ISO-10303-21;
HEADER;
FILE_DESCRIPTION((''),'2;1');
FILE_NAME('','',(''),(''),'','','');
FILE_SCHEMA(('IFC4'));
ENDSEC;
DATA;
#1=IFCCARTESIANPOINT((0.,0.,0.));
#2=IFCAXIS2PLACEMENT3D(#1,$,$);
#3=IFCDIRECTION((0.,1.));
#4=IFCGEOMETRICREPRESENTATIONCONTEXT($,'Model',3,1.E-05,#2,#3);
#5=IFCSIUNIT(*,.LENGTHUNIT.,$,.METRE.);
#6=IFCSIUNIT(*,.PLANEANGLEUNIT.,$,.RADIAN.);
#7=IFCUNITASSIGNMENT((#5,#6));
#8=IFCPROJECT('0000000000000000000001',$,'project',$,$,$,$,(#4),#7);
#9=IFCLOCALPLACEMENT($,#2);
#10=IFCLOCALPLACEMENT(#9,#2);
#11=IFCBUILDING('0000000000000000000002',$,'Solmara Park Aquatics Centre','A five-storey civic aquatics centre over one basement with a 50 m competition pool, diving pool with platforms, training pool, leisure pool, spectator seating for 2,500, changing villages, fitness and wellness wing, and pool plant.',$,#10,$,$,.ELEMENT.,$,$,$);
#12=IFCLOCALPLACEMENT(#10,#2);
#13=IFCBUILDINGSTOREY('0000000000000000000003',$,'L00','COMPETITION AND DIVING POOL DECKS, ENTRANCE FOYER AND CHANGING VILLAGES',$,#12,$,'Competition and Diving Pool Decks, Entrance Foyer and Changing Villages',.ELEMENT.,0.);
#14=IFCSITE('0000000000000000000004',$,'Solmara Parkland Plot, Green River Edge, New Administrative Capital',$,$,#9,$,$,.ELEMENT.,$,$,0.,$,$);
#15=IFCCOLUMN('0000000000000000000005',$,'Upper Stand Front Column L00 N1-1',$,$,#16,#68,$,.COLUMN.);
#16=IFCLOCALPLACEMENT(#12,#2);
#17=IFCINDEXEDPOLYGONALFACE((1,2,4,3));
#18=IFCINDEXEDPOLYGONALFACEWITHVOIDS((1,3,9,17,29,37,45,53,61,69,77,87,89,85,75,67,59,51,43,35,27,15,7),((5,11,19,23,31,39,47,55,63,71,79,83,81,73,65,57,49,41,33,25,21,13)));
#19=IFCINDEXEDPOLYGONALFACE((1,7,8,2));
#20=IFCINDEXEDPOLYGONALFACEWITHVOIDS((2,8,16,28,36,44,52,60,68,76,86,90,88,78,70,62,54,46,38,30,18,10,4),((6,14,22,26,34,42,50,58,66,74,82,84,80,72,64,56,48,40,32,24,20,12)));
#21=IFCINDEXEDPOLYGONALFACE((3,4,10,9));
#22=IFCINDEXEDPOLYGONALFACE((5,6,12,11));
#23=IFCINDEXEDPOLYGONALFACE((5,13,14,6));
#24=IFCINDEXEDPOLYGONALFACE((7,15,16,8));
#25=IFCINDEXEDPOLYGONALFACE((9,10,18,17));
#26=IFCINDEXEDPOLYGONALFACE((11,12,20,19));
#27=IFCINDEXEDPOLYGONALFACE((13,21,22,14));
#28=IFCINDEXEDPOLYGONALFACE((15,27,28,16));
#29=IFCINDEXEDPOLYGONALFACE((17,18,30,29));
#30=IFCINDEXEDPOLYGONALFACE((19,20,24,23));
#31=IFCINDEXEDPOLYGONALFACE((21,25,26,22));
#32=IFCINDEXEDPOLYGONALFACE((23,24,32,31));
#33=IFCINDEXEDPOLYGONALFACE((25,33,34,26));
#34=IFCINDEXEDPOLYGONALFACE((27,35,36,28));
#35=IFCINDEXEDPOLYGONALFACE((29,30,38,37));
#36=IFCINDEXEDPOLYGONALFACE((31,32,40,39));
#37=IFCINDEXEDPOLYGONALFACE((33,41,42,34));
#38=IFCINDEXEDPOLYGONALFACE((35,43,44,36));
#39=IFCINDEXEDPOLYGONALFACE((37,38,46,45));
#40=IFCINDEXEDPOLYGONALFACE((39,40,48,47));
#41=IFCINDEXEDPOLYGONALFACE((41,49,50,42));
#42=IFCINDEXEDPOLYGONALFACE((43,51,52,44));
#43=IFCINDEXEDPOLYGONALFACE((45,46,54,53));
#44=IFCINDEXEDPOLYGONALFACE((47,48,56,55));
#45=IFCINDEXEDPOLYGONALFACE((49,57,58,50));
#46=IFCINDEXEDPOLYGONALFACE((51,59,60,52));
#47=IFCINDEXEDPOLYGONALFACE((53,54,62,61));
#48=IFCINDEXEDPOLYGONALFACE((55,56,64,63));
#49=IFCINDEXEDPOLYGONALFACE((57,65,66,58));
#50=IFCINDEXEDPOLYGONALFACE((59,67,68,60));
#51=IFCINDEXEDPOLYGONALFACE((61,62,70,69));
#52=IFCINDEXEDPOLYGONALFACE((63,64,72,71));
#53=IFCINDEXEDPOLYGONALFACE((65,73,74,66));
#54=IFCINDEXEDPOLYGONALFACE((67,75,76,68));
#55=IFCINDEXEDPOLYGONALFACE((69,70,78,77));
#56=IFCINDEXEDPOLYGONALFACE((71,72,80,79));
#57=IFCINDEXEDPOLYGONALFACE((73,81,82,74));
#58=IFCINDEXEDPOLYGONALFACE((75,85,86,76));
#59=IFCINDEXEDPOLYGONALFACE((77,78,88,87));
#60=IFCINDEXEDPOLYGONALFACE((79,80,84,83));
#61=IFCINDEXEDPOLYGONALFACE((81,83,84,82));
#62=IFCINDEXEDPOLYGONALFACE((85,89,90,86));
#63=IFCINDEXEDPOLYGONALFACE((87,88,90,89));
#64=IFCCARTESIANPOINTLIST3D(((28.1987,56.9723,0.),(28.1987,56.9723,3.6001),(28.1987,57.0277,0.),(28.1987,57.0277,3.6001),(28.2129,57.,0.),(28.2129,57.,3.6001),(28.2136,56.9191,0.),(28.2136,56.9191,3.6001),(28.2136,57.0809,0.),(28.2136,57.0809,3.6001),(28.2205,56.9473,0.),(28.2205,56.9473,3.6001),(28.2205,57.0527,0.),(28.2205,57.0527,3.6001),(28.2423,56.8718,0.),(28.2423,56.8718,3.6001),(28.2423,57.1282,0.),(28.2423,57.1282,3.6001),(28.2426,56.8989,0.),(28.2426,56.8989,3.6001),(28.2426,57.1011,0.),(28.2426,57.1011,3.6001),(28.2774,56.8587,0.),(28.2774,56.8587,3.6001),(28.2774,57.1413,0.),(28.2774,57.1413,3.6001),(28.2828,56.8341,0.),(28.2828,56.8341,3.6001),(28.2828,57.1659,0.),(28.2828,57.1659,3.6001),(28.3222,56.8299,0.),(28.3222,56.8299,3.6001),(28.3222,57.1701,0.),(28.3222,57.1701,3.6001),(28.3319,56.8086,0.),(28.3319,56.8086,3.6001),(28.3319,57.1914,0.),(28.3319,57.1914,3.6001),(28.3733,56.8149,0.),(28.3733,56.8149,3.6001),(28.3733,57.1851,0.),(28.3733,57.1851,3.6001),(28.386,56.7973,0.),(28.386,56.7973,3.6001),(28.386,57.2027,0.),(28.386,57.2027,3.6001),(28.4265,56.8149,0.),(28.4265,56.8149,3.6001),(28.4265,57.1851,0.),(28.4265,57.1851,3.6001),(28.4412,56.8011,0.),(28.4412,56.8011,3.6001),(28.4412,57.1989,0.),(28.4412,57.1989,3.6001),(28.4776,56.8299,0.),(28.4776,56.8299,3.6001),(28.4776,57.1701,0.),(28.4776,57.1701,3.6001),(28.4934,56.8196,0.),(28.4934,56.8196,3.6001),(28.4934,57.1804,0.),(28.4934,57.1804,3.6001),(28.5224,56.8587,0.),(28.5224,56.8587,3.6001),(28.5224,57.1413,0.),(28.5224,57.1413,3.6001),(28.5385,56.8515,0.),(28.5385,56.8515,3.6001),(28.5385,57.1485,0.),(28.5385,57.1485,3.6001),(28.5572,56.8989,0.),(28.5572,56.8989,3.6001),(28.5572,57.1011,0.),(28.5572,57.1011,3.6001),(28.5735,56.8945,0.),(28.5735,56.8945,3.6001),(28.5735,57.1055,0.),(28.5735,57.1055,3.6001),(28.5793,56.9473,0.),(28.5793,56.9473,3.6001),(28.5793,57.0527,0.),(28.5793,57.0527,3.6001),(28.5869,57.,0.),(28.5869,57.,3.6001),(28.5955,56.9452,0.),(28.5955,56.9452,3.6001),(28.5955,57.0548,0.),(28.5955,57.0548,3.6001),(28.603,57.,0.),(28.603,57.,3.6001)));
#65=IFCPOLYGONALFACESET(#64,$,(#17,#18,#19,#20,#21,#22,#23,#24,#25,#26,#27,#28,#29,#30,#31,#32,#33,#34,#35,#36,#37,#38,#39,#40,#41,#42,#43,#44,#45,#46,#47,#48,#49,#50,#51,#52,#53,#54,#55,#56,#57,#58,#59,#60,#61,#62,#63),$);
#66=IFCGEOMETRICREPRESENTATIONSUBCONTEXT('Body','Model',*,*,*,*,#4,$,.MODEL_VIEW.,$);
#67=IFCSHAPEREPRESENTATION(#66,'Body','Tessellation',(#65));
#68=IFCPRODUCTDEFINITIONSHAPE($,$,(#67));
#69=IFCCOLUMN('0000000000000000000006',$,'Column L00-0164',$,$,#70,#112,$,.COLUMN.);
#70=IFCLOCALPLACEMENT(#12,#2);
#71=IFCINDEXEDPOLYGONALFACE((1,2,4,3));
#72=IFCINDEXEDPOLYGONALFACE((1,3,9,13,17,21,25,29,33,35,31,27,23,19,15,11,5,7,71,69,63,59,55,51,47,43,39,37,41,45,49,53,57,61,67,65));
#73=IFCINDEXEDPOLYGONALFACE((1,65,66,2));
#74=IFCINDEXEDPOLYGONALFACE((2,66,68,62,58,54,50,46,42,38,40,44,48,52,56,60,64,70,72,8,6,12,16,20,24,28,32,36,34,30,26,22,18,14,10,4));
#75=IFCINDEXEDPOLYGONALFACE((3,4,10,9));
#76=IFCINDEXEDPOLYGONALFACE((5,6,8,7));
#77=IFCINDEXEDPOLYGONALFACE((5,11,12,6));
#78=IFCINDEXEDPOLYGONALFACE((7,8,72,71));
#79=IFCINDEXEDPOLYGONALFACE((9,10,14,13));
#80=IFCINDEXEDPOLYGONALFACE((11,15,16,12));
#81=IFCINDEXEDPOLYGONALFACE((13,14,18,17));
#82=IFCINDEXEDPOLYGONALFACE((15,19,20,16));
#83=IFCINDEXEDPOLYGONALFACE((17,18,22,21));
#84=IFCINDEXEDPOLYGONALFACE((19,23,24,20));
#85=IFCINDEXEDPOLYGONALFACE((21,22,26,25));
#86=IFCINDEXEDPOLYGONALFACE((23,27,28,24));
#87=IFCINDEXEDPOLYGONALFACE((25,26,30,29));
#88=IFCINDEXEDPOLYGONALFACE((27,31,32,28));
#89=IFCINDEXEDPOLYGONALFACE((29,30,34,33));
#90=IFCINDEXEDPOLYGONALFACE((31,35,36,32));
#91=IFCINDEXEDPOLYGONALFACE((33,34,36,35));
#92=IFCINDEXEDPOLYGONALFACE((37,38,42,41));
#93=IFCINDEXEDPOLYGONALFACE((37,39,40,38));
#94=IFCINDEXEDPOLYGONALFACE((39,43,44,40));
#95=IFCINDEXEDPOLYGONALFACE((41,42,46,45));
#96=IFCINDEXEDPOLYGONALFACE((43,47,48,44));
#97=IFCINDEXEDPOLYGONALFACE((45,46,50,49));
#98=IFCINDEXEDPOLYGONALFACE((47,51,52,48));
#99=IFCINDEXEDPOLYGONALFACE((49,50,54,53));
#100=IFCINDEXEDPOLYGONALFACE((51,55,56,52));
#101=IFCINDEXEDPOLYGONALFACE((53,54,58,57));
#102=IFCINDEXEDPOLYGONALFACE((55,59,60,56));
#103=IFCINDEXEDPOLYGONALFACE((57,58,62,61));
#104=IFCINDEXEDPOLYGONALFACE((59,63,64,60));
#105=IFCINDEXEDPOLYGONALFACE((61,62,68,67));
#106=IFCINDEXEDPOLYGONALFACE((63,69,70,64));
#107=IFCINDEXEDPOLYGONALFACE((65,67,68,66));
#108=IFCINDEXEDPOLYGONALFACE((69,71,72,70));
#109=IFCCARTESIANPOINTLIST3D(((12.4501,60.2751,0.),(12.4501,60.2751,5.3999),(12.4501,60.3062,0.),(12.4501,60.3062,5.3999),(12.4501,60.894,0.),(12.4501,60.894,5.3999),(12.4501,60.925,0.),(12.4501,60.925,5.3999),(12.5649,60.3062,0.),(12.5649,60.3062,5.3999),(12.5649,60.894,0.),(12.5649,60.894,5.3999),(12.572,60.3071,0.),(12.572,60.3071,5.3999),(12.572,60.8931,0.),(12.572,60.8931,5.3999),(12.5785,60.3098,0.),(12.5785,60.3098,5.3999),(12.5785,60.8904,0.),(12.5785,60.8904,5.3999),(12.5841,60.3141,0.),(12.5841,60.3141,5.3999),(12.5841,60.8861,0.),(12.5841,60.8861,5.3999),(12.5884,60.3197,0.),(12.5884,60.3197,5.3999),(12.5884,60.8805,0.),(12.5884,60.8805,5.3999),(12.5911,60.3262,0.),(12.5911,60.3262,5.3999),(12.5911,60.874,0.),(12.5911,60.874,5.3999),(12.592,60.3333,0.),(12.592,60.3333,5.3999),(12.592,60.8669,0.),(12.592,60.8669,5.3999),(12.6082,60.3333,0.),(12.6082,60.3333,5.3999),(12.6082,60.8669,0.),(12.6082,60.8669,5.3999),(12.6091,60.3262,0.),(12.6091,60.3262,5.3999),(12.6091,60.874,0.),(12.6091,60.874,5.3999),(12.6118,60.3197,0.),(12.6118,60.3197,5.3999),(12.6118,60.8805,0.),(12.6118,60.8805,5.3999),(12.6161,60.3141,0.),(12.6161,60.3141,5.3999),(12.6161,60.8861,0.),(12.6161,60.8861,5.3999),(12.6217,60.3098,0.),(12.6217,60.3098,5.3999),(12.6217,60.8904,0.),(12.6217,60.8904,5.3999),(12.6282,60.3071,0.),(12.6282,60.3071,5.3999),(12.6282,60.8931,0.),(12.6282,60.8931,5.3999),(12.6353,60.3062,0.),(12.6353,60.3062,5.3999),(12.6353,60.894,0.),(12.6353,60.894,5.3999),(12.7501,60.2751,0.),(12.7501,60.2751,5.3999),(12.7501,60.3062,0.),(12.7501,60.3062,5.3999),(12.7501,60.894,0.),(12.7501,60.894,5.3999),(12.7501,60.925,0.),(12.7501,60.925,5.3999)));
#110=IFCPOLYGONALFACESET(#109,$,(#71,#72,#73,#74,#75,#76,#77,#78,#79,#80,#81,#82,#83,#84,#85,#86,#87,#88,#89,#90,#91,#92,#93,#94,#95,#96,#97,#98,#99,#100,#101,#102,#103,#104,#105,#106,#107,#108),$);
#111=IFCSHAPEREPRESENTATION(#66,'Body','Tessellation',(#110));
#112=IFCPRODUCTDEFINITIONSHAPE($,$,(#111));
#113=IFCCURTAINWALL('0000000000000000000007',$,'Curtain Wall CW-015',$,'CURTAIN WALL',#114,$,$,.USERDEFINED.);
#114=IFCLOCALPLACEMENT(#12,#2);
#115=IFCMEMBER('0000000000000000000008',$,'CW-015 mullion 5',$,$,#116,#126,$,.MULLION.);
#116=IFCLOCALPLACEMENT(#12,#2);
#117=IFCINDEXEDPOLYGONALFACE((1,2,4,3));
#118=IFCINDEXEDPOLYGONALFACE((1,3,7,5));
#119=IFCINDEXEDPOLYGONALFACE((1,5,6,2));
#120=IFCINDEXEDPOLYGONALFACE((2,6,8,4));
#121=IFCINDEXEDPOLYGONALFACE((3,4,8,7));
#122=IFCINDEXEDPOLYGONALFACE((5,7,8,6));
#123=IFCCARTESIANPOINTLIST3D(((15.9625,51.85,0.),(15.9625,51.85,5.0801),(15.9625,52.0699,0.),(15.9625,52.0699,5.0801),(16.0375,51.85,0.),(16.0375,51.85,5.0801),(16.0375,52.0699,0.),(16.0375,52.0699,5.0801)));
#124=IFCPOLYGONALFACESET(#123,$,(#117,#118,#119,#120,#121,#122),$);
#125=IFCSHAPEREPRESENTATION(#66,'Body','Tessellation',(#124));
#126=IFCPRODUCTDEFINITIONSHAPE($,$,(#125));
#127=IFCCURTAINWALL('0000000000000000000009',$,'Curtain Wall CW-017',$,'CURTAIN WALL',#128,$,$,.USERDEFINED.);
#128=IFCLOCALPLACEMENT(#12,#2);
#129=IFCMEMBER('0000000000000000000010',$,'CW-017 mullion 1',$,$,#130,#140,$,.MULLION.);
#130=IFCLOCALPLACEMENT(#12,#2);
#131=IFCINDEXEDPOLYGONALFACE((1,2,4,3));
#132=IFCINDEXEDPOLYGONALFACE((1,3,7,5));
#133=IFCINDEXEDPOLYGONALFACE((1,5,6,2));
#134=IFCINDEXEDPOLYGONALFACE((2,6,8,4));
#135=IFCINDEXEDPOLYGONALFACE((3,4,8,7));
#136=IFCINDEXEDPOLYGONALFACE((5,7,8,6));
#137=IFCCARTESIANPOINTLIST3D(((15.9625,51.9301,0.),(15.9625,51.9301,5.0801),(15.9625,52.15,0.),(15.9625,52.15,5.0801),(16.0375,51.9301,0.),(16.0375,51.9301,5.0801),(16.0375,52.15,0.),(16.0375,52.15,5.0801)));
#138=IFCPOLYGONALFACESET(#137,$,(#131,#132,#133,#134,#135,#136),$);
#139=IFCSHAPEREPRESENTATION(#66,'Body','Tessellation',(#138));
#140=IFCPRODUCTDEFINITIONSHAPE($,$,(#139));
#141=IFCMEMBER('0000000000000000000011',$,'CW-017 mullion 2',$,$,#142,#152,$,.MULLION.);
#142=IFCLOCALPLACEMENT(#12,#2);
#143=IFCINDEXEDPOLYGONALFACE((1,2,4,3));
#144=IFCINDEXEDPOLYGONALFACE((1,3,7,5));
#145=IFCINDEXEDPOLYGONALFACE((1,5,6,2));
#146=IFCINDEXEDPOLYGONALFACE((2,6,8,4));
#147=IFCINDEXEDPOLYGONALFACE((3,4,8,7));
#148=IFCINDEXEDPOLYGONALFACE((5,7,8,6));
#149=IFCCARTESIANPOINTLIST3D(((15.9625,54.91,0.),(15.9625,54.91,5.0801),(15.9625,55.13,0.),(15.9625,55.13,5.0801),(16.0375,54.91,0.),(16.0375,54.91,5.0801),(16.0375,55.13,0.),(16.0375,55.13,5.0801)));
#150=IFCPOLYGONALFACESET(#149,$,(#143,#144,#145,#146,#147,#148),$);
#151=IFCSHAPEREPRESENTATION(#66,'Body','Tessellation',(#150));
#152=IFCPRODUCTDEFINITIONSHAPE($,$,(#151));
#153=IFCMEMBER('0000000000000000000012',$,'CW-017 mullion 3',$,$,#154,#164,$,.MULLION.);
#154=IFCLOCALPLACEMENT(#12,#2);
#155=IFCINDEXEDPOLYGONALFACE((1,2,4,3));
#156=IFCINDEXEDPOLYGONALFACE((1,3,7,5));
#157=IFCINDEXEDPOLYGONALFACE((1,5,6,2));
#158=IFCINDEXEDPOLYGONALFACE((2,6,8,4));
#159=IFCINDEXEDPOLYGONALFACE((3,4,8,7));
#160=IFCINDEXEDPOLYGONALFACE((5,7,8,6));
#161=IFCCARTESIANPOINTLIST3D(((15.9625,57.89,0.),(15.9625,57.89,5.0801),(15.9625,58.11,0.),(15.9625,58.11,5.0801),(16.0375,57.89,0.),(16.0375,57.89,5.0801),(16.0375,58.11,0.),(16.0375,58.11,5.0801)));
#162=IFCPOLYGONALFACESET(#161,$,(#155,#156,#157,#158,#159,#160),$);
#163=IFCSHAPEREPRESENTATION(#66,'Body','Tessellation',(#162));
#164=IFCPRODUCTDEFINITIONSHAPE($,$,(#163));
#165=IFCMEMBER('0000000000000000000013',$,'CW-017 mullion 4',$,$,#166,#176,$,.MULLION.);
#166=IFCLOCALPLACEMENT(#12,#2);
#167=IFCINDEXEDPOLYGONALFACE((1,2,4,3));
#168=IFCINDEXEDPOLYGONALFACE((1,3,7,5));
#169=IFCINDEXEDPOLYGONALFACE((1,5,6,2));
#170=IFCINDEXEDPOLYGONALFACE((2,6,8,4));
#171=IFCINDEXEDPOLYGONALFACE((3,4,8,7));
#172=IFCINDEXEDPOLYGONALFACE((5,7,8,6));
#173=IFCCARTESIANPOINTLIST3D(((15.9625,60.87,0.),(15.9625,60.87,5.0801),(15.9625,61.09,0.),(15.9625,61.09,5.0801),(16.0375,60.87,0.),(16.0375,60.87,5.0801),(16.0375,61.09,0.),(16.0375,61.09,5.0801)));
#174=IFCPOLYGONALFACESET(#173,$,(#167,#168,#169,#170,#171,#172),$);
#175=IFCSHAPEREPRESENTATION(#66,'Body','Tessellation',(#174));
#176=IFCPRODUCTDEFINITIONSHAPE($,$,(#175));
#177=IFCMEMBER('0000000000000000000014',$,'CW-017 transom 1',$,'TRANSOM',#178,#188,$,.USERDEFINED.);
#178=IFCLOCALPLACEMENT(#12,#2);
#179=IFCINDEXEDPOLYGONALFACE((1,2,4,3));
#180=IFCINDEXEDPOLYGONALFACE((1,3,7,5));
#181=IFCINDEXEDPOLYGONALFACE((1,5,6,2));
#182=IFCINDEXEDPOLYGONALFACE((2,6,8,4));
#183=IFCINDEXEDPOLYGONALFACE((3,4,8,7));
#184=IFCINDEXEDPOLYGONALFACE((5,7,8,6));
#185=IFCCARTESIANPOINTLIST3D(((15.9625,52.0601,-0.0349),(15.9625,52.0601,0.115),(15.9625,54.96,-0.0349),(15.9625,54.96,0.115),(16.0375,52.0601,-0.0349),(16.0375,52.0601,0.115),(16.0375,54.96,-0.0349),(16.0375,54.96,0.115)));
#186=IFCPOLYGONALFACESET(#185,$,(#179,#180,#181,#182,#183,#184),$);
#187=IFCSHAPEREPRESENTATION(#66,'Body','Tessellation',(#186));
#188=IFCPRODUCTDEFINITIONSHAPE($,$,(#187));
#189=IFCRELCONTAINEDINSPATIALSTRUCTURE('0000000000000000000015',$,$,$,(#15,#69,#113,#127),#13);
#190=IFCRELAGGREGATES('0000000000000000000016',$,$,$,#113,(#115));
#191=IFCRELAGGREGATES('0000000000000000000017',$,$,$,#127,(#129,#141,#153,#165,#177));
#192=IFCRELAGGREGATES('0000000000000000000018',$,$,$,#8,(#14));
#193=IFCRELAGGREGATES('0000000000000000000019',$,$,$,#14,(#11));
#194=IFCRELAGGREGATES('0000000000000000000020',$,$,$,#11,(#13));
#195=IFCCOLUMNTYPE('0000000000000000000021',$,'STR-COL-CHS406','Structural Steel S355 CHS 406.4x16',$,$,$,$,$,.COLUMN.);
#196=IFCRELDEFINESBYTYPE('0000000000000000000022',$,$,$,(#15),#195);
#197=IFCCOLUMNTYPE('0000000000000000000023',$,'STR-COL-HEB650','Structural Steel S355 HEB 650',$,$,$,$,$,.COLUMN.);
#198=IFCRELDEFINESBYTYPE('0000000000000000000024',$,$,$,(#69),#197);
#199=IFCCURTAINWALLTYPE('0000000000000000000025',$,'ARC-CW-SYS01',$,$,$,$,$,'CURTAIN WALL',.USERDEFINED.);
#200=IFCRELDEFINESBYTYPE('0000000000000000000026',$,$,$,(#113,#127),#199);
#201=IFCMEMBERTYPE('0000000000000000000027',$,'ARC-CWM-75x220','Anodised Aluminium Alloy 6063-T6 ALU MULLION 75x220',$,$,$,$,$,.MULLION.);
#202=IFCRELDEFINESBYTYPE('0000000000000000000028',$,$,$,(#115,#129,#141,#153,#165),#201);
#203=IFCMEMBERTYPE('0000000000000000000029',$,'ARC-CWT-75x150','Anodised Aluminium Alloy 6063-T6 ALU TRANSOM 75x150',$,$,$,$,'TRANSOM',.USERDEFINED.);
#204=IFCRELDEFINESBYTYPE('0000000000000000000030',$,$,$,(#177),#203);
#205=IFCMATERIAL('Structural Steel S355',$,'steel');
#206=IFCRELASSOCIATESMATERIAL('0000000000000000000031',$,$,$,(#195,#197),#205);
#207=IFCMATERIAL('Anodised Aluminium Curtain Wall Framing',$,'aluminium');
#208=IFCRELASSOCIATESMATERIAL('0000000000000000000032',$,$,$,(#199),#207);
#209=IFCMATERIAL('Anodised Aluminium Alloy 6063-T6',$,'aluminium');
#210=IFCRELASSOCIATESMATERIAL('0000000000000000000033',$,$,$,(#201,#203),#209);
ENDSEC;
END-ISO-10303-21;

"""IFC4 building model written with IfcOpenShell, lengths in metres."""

from ifc_helpers import new_model, si_unit, direction, frame, origin, origin_2d, place, context, subcontext, project, spatial, rectangle, hollow_circle, i_section, extrude, material, material_profile, profile_set, type_object, element, aggregate, save


model = new_model("IFC4")

# Units and contexts
model_context = context("Model", 3, precision=1e-05, world=origin(), true_north=direction((0.0, 1.0)))
body_context = subcontext(model_context, "Body", "Model", "MODEL_VIEW")
ifc_project = project(units=[si_unit("LENGTHUNIT", "METRE"), si_unit("PLANEANGLEUNIT", "RADIAN")], contexts=[model_context])

# Site, building, storey
site_placement = place(None, origin())
site = spatial("IfcSite", under=ifc_project, at=site_placement, Name="Solmara Parkland Plot, Green River Edge, New Administrative Capital", CompositionType="ELEMENT", RefElevation=0.0)
building_placement = place(site_placement, origin())
building = spatial("IfcBuilding", under=site, at=building_placement, Name="Solmara Park Aquatics Centre", Description="A five-storey civic aquatics centre over one basement with a 50 m competition pool, diving pool with platforms, training pool, leisure pool, spectator seating for 2,500, changing villages, fitness and wellness wing, and pool plant.", CompositionType="ELEMENT")
storey_placement = place(building_placement, origin())
storey = spatial("IfcBuildingStorey", under=building, at=storey_placement, Name="L00", Description="COMPETITION AND DIVING POOL DECKS, ENTRANCE FOYER AND CHANGING VILLAGES", LongName="Competition and Diving Pool Decks, Entrance Foyer and Changing Villages", CompositionType="ELEMENT", Elevation=0.0)

# Columns
ifc_material_1 = material(Name="Structural Steel S355", Category="steel")
ifc_material_profile_1 = material_profile(ifc_material_1, hollow_circle(Radius=0.2031, WallThickness=0.0161, at=origin_2d()), Name="CHS 406.4x16")
ifc_profile_set_1 = profile_set([ifc_material_profile_1], Name="Structural Steel S355")
column_type_1 = type_object("IfcColumnType", Name="STR-COL-CHS406", Description="Structural Steel S355 CHS 406.4x16", PredefinedType="COLUMN", material=ifc_profile_set_1)
column_1_placement = place(storey_placement, frame((28.3999, 57.0, 0.0), z_axis=(0.0, 0.0, 1.0), x_axis=(1.0, 0.0, 0.0)))
element("IfcColumn", 1, at=column_1_placement, inside=storey, type_object=column_type_1, Name="Upper Stand Front Column L00 N1-1", PredefinedType="COLUMN", context=body_context, shape_type="SweptSolid", body=[
    extrude(hollow_circle(Radius=0.2031, WallThickness=0.0161, at=origin_2d()), origin(), (0.0, 0.0, 1.0), 3.6001),
])
ifc_material_profile_2 = material_profile(ifc_material_1, i_section(OverallWidth=0.3, OverallDepth=0.6499, WebThickness=0.0161, FlangeThickness=0.031, FilletRadius=0.0271, at=origin_2d()), Name="HEB 650")
ifc_profile_set_2 = profile_set([ifc_material_profile_2], Name="Structural Steel S355")
column_type_2 = type_object("IfcColumnType", Name="STR-COL-HEB650", Description="Structural Steel S355 HEB 650", PredefinedType="COLUMN", material=ifc_profile_set_2)
column_2_placement = place(storey_placement, frame((12.6001, 60.6001, 0.0), z_axis=(0.0, 0.0, 1.0), x_axis=(1.0, 0.0, 0.0)))
element("IfcColumn", 2, at=column_2_placement, inside=storey, type_object=column_type_2, Name="Column L00-0164", PredefinedType="COLUMN", context=body_context, shape_type="SweptSolid", body=[
    extrude(i_section(OverallWidth=0.3, OverallDepth=0.6499, WebThickness=0.0161, FlangeThickness=0.031, FilletRadius=0.0271, at=origin_2d()), origin(), (0.0, 0.0, 1.0), 5.3999),
])

# Curtain wall, member
ifc_material_2 = material(Name="Anodised Aluminium Curtain Wall Framing", Category="aluminium")
curtain_wall_type = type_object("IfcCurtainWallType", Name="ARC-CW-SYS01", ElementType="CURTAIN WALL", PredefinedType="USERDEFINED", material=ifc_material_2)
curtain_wall_1_placement = place(storey_placement, origin())
curtain_wall_1 = element("IfcCurtainWall", 3, at=curtain_wall_1_placement, inside=storey, type_object=curtain_wall_type, Name="Curtain Wall CW-015", ObjectType="CURTAIN WALL", PredefinedType="USERDEFINED")
ifc_material_3 = material(Name="Anodised Aluminium Alloy 6063-T6", Category="aluminium")
ifc_material_profile_3 = material_profile(ifc_material_3, rectangle(XDim=0.075, YDim=0.22, at=origin_2d()), Name="ALU MULLION 75x220")
ifc_profile_set_3 = profile_set([ifc_material_profile_3], Name="Anodised Aluminium Alloy 6063-T6")
member_type_1 = type_object("IfcMemberType", Name="ARC-CWM-75x220", Description="Anodised Aluminium Alloy 6063-T6 ALU MULLION 75x220", PredefinedType="MULLION", material=ifc_profile_set_3)
member_1_placement = place(storey_placement, frame((16.0, 51.96, 0.0), z_axis=(0.0, 0.0, 1.0), x_axis=(1.0, 0.0, 0.0)))
member_1 = element("IfcMember", 4, at=member_1_placement, type_object=member_type_1, Name="CW-015 mullion 5", PredefinedType="MULLION", context=body_context, shape_type="SweptSolid", body=[
    extrude(rectangle(XDim=0.075, YDim=0.22, at=origin_2d()), origin(), (0.0, 0.0, 1.0), 5.0801),
])

# Curtain wall, members
curtain_wall_2_placement = place(storey_placement, origin())
curtain_wall_2 = element("IfcCurtainWall", 5, at=curtain_wall_2_placement, inside=storey, type_object=curtain_wall_type, Name="Curtain Wall CW-017", ObjectType="CURTAIN WALL", PredefinedType="USERDEFINED")
member_2_placement = place(storey_placement, frame((16.0, 52.04, 0.0), z_axis=(0.0, 0.0, 1.0), x_axis=(1.0, 0.0, 0.0)))
member_2 = element("IfcMember", 6, at=member_2_placement, type_object=member_type_1, Name="CW-017 mullion 1", PredefinedType="MULLION", context=body_context, shape_type="SweptSolid", body=[
    extrude(rectangle(XDim=0.075, YDim=0.22, at=origin_2d()), origin(), (0.0, 0.0, 1.0), 5.0801),
])
member_3_placement = place(storey_placement, frame((16.0, 55.02, 0.0), z_axis=(0.0, 0.0, 1.0), x_axis=(1.0, 0.0, 0.0)))
member_3 = element("IfcMember", 7, at=member_3_placement, type_object=member_type_1, Name="CW-017 mullion 2", PredefinedType="MULLION", context=body_context, shape_type="SweptSolid", body=[
    extrude(rectangle(XDim=0.075, YDim=0.22, at=origin_2d()), origin(), (0.0, 0.0, 1.0), 5.0801),
])
member_4_placement = place(storey_placement, frame((16.0, 58.0, 0.0), z_axis=(0.0, 0.0, 1.0), x_axis=(1.0, 0.0, 0.0)))
member_4 = element("IfcMember", 8, at=member_4_placement, type_object=member_type_1, Name="CW-017 mullion 3", PredefinedType="MULLION", context=body_context, shape_type="SweptSolid", body=[
    extrude(rectangle(XDim=0.075, YDim=0.22, at=origin_2d()), origin(), (0.0, 0.0, 1.0), 5.0801),
])
member_5_placement = place(storey_placement, frame((16.0, 60.98, 0.0), z_axis=(0.0, 0.0, 1.0), x_axis=(1.0, 0.0, 0.0)))
member_5 = element("IfcMember", 9, at=member_5_placement, type_object=member_type_1, Name="CW-017 mullion 4", PredefinedType="MULLION", context=body_context, shape_type="SweptSolid", body=[
    extrude(rectangle(XDim=0.075, YDim=0.22, at=origin_2d()), origin(), (0.0, 0.0, 1.0), 5.0801),
])
ifc_material_profile_4 = material_profile(ifc_material_3, rectangle(XDim=0.075, YDim=0.1499, at=origin_2d()), Name="ALU TRANSOM 75x150")
ifc_profile_set_4 = profile_set([ifc_material_profile_4], Name="Anodised Aluminium Alloy 6063-T6")
member_type_2 = type_object("IfcMemberType", Name="ARC-CWT-75x150", Description="Anodised Aluminium Alloy 6063-T6 ALU TRANSOM 75x150", ElementType="TRANSOM", PredefinedType="USERDEFINED", material=ifc_profile_set_4)
member_6_placement = place(storey_placement, frame((16.0, 52.0601, 0.04), z_axis=(0.0, 1.0, 0.0), x_axis=(-1.0, 0.0, 0.0)))
member_6 = element("IfcMember", 10, at=member_6_placement, type_object=member_type_2, Name="CW-017 transom 1", ObjectType="TRANSOM", PredefinedType="USERDEFINED", context=body_context, shape_type="SweptSolid", body=[
    extrude(rectangle(XDim=0.075, YDim=0.1499, at=origin_2d()), origin(), (0.0, 0.0, 1.0), 2.8999),
])

aggregate(curtain_wall_1, [member_1])
aggregate(curtain_wall_2, [member_2, member_3, member_4, member_5, member_6])

save(model, "model.ifc")
